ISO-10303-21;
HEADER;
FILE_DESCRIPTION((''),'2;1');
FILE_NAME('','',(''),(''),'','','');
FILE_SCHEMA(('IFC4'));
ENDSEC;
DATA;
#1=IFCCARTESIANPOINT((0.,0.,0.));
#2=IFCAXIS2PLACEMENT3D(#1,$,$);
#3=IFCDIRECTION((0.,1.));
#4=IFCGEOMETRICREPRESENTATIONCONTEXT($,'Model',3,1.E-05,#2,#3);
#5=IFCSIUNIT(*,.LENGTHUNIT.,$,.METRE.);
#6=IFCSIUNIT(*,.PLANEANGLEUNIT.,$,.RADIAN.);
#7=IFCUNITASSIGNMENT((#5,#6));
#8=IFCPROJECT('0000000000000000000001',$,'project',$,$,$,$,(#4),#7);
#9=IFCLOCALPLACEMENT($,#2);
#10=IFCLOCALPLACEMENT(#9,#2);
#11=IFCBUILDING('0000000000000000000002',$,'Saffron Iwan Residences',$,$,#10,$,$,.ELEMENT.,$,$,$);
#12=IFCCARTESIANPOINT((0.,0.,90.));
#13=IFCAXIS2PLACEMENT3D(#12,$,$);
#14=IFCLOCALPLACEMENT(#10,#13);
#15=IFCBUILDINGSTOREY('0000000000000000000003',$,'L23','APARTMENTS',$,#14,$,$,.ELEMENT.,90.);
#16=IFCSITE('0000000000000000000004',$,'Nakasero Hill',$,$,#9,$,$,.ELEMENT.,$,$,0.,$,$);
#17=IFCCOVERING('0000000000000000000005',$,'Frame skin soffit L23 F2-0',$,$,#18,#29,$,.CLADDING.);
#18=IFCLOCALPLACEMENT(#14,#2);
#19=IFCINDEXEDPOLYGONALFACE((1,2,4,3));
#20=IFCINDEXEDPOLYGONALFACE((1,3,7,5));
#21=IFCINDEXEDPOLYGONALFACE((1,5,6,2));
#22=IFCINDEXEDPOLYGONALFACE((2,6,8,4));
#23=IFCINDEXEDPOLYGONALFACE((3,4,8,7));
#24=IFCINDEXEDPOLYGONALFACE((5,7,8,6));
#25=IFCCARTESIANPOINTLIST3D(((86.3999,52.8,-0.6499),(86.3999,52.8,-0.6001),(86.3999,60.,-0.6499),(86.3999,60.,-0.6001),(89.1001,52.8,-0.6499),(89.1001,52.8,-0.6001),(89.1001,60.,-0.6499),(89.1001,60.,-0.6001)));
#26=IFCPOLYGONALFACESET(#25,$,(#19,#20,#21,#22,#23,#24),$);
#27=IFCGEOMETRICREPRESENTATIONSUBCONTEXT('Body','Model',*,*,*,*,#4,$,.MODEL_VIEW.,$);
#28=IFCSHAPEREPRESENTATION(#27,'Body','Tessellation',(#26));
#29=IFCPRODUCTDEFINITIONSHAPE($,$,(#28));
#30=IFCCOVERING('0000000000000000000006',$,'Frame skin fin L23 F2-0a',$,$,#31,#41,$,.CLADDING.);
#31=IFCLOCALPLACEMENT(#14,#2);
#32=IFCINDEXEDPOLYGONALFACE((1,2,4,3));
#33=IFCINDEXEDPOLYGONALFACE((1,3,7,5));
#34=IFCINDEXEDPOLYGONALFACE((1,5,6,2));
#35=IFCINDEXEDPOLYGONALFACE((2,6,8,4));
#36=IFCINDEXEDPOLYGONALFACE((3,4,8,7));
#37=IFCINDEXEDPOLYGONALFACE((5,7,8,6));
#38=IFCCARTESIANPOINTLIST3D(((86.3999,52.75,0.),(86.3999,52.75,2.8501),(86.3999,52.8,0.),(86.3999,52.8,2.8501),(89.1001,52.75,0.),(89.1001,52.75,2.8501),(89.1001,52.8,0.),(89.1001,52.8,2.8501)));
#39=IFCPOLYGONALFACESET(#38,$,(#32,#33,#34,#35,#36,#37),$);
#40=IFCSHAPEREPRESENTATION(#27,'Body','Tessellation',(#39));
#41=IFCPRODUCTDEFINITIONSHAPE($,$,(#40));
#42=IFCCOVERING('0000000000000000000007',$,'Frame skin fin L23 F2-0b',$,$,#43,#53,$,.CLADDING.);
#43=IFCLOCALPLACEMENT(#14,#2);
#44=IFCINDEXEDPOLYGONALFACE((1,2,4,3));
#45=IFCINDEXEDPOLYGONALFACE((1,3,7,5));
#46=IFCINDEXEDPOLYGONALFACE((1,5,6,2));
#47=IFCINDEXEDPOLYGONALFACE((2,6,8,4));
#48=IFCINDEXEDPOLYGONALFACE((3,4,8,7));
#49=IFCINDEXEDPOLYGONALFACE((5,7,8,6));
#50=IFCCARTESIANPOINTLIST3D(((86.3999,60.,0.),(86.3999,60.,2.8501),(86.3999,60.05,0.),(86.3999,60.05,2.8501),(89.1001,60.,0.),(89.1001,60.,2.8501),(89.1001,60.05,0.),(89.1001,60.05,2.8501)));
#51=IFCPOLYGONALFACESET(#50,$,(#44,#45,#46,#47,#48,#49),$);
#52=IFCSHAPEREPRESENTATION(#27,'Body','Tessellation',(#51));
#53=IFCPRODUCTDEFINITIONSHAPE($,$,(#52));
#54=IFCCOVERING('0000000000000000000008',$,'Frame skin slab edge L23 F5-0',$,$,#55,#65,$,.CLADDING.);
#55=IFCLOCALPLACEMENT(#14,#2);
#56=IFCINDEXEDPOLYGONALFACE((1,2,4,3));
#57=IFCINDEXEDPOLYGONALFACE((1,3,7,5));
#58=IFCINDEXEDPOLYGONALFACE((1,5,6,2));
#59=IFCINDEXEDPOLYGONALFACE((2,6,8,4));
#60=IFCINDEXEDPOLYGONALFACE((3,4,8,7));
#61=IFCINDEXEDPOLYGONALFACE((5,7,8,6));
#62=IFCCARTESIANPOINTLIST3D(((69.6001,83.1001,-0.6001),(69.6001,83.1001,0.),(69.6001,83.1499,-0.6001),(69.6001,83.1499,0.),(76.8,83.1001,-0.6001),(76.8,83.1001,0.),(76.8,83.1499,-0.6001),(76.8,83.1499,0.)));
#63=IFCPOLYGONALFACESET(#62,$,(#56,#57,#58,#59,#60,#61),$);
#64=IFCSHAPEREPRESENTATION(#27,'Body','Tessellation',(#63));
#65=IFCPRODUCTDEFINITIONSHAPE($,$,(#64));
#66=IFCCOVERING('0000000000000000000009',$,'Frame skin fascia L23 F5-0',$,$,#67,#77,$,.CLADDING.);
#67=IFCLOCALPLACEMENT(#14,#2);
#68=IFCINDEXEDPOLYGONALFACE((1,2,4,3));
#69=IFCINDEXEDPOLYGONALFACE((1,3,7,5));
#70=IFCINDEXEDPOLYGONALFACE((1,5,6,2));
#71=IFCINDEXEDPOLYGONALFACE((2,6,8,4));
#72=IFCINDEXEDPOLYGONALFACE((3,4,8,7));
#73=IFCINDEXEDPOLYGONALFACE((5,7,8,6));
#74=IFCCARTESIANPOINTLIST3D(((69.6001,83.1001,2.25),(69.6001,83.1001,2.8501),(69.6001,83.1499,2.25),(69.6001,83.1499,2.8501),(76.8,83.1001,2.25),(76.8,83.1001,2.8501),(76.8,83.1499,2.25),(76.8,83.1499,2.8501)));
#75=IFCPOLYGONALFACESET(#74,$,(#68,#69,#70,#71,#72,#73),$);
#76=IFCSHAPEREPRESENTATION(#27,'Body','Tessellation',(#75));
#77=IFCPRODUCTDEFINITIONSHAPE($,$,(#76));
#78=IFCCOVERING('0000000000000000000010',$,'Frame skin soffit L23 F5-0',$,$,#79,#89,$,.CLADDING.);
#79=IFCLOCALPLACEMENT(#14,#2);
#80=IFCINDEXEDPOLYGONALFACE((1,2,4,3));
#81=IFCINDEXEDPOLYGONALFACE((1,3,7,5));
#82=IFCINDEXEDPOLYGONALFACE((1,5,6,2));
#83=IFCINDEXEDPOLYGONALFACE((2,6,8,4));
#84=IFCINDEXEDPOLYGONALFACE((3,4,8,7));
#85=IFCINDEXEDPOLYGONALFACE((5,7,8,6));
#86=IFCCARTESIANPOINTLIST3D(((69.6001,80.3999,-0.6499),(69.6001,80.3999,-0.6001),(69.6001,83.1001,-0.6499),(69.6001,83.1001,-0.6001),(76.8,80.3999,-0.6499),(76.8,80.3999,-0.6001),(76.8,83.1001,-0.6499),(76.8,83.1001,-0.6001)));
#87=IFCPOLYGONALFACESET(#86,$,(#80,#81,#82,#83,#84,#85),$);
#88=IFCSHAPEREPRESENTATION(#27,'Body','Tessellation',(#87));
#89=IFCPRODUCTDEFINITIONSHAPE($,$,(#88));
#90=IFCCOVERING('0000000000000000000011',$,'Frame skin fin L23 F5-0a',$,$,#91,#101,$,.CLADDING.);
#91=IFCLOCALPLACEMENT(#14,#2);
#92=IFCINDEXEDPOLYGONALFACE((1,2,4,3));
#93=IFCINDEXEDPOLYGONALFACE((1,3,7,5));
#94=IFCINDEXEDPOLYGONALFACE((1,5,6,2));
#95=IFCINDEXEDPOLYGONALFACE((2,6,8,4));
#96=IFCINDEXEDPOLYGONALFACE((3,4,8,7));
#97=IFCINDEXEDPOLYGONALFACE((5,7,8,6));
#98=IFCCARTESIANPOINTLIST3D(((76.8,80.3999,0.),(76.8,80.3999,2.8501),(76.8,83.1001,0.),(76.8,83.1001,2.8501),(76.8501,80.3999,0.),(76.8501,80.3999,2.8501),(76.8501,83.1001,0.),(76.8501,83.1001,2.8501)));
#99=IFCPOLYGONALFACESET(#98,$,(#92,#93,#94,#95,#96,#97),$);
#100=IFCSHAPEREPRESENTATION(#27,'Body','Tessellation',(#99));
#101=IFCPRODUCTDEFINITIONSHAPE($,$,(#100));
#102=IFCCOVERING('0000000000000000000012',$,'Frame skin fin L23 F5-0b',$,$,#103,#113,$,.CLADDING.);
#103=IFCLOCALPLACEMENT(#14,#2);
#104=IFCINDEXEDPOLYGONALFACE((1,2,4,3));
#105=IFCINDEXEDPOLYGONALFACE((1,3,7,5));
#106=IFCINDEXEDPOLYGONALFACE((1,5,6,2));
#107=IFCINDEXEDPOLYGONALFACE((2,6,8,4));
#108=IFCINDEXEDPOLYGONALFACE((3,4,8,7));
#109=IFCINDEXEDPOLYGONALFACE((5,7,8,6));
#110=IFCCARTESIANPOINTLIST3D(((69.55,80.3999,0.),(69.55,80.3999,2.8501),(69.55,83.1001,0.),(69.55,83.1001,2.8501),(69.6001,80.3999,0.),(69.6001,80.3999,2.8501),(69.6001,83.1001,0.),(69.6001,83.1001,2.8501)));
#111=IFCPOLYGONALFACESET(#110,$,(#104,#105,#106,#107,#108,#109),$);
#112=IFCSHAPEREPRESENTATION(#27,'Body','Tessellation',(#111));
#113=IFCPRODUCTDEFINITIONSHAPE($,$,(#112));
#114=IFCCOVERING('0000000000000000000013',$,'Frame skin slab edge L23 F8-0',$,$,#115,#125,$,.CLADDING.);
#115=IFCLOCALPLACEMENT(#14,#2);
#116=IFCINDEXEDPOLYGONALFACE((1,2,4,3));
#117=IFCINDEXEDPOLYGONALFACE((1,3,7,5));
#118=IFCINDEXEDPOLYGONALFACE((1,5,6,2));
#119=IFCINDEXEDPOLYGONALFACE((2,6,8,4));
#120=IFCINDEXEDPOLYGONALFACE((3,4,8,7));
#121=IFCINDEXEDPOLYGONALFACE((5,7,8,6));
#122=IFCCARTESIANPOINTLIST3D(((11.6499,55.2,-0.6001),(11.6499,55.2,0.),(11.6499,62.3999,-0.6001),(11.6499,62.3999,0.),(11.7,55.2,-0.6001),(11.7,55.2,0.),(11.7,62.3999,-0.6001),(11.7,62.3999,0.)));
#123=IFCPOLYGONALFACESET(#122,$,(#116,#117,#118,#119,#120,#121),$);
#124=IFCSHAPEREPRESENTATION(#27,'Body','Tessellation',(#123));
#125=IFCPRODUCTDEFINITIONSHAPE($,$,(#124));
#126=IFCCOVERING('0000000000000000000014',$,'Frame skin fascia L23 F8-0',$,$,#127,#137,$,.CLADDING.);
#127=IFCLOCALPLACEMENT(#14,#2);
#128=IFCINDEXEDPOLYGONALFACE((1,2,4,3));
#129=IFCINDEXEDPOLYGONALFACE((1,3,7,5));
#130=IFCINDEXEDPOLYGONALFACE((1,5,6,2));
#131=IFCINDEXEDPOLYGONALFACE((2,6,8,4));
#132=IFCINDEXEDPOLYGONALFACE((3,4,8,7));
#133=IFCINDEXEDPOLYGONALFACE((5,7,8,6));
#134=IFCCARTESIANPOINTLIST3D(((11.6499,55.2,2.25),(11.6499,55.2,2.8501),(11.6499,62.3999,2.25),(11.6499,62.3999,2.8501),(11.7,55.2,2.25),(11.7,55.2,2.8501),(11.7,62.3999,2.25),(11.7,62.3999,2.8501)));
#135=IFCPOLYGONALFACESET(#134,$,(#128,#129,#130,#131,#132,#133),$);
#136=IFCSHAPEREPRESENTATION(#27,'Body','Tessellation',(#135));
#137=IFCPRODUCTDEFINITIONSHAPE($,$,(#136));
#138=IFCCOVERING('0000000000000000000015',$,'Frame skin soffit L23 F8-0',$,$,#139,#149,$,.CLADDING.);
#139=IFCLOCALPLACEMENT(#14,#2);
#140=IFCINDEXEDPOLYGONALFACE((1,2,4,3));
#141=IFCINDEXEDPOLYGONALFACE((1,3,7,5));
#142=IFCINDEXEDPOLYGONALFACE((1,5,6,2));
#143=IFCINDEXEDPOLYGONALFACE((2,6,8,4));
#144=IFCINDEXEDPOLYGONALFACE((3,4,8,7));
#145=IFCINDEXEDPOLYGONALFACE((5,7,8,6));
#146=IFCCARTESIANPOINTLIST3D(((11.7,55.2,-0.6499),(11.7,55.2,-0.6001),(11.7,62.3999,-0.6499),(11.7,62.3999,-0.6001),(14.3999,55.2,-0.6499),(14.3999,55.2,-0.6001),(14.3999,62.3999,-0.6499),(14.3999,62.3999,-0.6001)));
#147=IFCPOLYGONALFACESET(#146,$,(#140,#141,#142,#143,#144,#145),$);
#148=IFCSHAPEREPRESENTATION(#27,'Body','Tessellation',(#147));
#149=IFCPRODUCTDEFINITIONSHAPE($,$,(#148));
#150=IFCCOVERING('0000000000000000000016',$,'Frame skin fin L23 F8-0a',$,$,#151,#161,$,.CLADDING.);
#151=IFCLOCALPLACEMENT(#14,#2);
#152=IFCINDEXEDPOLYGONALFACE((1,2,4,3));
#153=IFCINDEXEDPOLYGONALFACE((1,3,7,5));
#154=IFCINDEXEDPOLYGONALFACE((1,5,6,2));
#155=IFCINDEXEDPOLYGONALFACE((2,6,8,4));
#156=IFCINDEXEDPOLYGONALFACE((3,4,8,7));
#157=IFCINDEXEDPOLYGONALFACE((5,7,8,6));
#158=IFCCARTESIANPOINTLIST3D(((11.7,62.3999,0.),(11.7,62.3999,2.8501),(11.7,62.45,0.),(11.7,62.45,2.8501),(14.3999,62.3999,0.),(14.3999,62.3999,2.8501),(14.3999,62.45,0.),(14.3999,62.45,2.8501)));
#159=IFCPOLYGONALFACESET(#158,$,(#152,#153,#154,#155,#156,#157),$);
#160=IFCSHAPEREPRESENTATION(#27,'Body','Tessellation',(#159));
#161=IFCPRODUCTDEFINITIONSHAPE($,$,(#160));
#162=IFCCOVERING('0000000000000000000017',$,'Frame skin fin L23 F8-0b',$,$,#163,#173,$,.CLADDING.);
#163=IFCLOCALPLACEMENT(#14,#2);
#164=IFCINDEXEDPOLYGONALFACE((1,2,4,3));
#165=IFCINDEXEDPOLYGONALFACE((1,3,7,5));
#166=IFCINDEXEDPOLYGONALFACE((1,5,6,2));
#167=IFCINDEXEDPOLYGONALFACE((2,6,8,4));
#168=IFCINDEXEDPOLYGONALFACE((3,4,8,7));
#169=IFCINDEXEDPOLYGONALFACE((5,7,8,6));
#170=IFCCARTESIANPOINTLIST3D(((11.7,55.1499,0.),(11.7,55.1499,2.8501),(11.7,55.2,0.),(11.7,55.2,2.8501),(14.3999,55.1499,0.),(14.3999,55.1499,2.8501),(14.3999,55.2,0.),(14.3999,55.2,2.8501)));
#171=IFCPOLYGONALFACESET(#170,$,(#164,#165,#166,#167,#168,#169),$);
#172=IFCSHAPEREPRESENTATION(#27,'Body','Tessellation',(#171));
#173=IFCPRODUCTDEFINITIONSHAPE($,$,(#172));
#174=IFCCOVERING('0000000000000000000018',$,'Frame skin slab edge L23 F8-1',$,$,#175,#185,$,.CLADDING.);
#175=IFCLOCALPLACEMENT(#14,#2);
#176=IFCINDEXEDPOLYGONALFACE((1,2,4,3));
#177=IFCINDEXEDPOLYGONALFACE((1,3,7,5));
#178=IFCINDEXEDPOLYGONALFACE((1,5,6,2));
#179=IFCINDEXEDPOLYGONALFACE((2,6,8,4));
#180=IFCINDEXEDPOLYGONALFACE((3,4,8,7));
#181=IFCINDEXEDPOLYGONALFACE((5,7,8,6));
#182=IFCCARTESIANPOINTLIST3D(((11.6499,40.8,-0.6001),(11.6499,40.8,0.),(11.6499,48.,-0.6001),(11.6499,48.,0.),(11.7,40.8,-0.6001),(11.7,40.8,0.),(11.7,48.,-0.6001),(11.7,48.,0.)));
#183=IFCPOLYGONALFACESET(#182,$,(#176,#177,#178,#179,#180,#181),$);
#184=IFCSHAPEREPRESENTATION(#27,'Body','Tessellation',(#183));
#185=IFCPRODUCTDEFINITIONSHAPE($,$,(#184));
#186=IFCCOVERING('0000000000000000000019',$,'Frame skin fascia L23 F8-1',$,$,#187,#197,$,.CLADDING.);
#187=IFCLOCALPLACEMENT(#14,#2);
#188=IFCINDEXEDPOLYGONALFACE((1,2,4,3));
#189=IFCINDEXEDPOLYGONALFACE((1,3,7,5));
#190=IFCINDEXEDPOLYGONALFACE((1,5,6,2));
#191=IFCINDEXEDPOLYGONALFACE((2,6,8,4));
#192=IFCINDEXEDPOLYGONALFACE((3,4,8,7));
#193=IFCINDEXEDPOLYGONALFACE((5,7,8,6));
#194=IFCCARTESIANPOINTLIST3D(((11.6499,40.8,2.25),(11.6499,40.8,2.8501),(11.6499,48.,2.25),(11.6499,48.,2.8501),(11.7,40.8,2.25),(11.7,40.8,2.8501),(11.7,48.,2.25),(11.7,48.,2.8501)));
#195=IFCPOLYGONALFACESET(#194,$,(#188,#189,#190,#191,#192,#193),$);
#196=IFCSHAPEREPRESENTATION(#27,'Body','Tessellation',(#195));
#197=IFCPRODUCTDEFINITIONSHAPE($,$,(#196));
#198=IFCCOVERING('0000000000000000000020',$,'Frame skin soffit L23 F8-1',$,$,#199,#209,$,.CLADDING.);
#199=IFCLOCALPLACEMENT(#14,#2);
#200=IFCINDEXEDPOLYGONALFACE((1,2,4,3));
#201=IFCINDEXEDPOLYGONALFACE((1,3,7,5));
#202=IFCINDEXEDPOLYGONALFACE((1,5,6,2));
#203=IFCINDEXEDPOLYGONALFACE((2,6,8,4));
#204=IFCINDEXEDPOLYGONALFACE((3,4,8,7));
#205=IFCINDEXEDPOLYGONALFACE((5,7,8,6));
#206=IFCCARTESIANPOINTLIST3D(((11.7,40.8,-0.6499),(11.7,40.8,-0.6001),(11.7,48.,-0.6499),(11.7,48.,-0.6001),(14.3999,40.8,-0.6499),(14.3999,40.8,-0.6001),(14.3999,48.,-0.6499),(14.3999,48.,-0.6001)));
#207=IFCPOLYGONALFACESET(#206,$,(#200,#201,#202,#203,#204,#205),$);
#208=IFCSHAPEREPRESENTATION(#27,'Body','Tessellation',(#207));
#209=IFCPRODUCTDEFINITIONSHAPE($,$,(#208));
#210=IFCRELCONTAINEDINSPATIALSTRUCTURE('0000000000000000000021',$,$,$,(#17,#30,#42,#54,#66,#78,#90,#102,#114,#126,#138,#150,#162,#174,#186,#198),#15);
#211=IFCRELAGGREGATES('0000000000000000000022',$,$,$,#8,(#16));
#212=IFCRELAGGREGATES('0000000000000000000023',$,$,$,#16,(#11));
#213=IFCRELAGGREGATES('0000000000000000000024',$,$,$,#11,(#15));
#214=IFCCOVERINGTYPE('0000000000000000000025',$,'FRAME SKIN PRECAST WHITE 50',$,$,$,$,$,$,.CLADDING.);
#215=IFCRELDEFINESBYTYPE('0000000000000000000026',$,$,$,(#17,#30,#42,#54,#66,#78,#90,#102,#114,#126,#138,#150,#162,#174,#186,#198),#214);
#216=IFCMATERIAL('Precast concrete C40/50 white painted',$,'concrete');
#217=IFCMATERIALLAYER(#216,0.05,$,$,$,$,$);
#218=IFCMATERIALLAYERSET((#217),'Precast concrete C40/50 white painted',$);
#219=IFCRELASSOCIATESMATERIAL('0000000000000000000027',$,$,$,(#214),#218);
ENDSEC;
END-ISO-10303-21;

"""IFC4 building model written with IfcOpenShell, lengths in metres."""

from ifc_helpers import new_model, si_unit, direction, frame, origin, place, context, subcontext, project, spatial, polyline, outline, extrude, material, layer, layer_set, type_object, element, save


model = new_model("IFC4")

# Units and contexts
model_context = context("Model", 3, precision=1e-05, world=origin(), true_north=direction((0.0, 1.0)))
body_context = subcontext(model_context, "Body", "Model", "MODEL_VIEW")
ifc_project = project(units=[si_unit("LENGTHUNIT", "METRE"), si_unit("PLANEANGLEUNIT", "RADIAN")], contexts=[model_context])

# Site, building, storey
site_placement = place(None, origin())
site = spatial("IfcSite", under=ifc_project, at=site_placement, Name="Nakasero Hill", CompositionType="ELEMENT", RefElevation=0.0)
building_placement = place(site_placement, origin())
building = spatial("IfcBuilding", under=site, at=building_placement, Name="Saffron Iwan Residences", CompositionType="ELEMENT")
storey_placement = place(building_placement, frame((0.0, 0.0, 90.0)))
storey = spatial("IfcBuildingStorey", under=building, at=storey_placement, Name="L23", Description="APARTMENTS", CompositionType="ELEMENT", Elevation=90.0)

# Coverings
ifc_material_1 = material(Name="Precast concrete C40/50 white painted", Category="concrete")
ifc_layer_1 = layer(ifc_material_1, 0.05)
ifc_layer_set_1 = layer_set([ifc_layer_1], Name="Precast concrete C40/50 white painted")
covering_type_1 = type_object("IfcCoveringType", Name="FRAME SKIN PRECAST WHITE 50", PredefinedType="CLADDING", material=ifc_layer_set_1)
covering_1_placement = place(storey_placement, frame((0.0, 0.0, -0.6499)))
element("IfcCovering", 1, at=covering_1_placement, inside=storey, type_object=covering_type_1, Name="Frame skin soffit L23 F2-0", PredefinedType="CLADDING", context=body_context, shape_type="SweptSolid", body=[
    extrude(outline(polyline([(89.1001, 52.8), (89.1001, 60.0), (86.3999, 60.0), (86.3999, 52.8), (89.1001, 52.8)])), origin(), (0.0, 0.0, 1.0), 0.0498),
])
covering_2_placement = place(storey_placement, origin())
element("IfcCovering", 2, at=covering_2_placement, inside=storey, type_object=covering_type_1, Name="Frame skin fin L23 F2-0a", PredefinedType="CLADDING", context=body_context, shape_type="SweptSolid", body=[
    extrude(outline(polyline([(89.1001, 52.75), (89.1001, 52.8), (86.3999, 52.8), (86.3999, 52.75), (89.1001, 52.75)])), origin(), (0.0, 0.0, 1.0), 2.8501),
])
covering_3_placement = place(storey_placement, origin())
element("IfcCovering", 3, at=covering_3_placement, inside=storey, type_object=covering_type_1, Name="Frame skin fin L23 F2-0b", PredefinedType="CLADDING", context=body_context, shape_type="SweptSolid", body=[
    extrude(outline(polyline([(89.1001, 60.0), (89.1001, 60.05), (86.3999, 60.05), (86.3999, 60.0), (89.1001, 60.0)])), origin(), (0.0, 0.0, 1.0), 2.8501),
])
for number, where, name in (
    (4, (0.0, 0.0, -0.6001), "Frame skin slab edge L23 F5-0"),
    (5, (0.0, 0.0, 2.25), "Frame skin fascia L23 F5-0"),
):
    element("IfcCovering", number, at=place(storey_placement, frame(where)), inside=storey, type_object=covering_type_1, Name=name, PredefinedType="CLADDING", context=body_context, shape_type="SweptSolid", body=[
        extrude(outline(polyline([(76.8, 83.1499), (69.6001, 83.1499), (69.6001, 83.1001), (76.8, 83.1001), (76.8, 83.1499)])), origin(), (0.0, 0.0, 1.0), 0.6001),
    ])
covering_4_placement = place(storey_placement, frame((0.0, 0.0, -0.6499)))
element("IfcCovering", 6, at=covering_4_placement, inside=storey, type_object=covering_type_1, Name="Frame skin soffit L23 F5-0", PredefinedType="CLADDING", context=body_context, shape_type="SweptSolid", body=[
    extrude(outline(polyline([(76.8, 83.1001), (69.6001, 83.1001), (69.6001, 80.3999), (76.8, 80.3999), (76.8, 83.1001)])), origin(), (0.0, 0.0, 1.0), 0.0498),
])
covering_5_placement = place(storey_placement, origin())
element("IfcCovering", 7, at=covering_5_placement, inside=storey, type_object=covering_type_1, Name="Frame skin fin L23 F5-0a", PredefinedType="CLADDING", context=body_context, shape_type="SweptSolid", body=[
    extrude(outline(polyline([(76.8501, 83.1001), (76.8, 83.1001), (76.8, 80.3999), (76.8501, 80.3999), (76.8501, 83.1001)])), origin(), (0.0, 0.0, 1.0), 2.8501),
])
covering_6_placement = place(storey_placement, origin())
element("IfcCovering", 8, at=covering_6_placement, inside=storey, type_object=covering_type_1, Name="Frame skin fin L23 F5-0b", PredefinedType="CLADDING", context=body_context, shape_type="SweptSolid", body=[
    extrude(outline(polyline([(69.6001, 83.1001), (69.55, 83.1001), (69.55, 80.3999), (69.6001, 80.3999), (69.6001, 83.1001)])), origin(), (0.0, 0.0, 1.0), 2.8501),
])
for number, where, name in (
    (9, (0.0, 0.0, -0.6001), "Frame skin slab edge L23 F8-0"),
    (10, (0.0, 0.0, 2.25), "Frame skin fascia L23 F8-0"),
):
    element("IfcCovering", number, at=place(storey_placement, frame(where)), inside=storey, type_object=covering_type_1, Name=name, PredefinedType="CLADDING", context=body_context, shape_type="SweptSolid", body=[
        extrude(outline(polyline([(11.6499, 62.3999), (11.6499, 55.2), (11.7, 55.2), (11.7, 62.3999), (11.6499, 62.3999)])), origin(), (0.0, 0.0, 1.0), 0.6001),
    ])
covering_7_placement = place(storey_placement, frame((0.0, 0.0, -0.6499)))
element("IfcCovering", 11, at=covering_7_placement, inside=storey, type_object=covering_type_1, Name="Frame skin soffit L23 F8-0", PredefinedType="CLADDING", context=body_context, shape_type="SweptSolid", body=[
    extrude(outline(polyline([(11.7, 62.3999), (11.7, 55.2), (14.3999, 55.2), (14.3999, 62.3999), (11.7, 62.3999)])), origin(), (0.0, 0.0, 1.0), 0.0498),
])
covering_8_placement = place(storey_placement, origin())
element("IfcCovering", 12, at=covering_8_placement, inside=storey, type_object=covering_type_1, Name="Frame skin fin L23 F8-0a", PredefinedType="CLADDING", context=body_context, shape_type="SweptSolid", body=[
    extrude(outline(polyline([(11.7, 62.45), (11.7, 62.3999), (14.3999, 62.3999), (14.3999, 62.45), (11.7, 62.45)])), origin(), (0.0, 0.0, 1.0), 2.8501),
])
covering_9_placement = place(storey_placement, origin())
element("IfcCovering", 13, at=covering_9_placement, inside=storey, type_object=covering_type_1, Name="Frame skin fin L23 F8-0b", PredefinedType="CLADDING", context=body_context, shape_type="SweptSolid", body=[
    extrude(outline(polyline([(11.7, 55.2), (11.7, 55.1499), (14.3999, 55.1499), (14.3999, 55.2), (11.7, 55.2)])), origin(), (0.0, 0.0, 1.0), 2.8501),
])
for number, where, name in (
    (14, (0.0, 0.0, -0.6001), "Frame skin slab edge L23 F8-1"),
    (15, (0.0, 0.0, 2.25), "Frame skin fascia L23 F8-1"),
):
    element("IfcCovering", number, at=place(storey_placement, frame(where)), inside=storey, type_object=covering_type_1, Name=name, PredefinedType="CLADDING", context=body_context, shape_type="SweptSolid", body=[
        extrude(outline(polyline([(11.6499, 48.0), (11.6499, 40.8), (11.7, 40.8), (11.7, 48.0), (11.6499, 48.0)])), origin(), (0.0, 0.0, 1.0), 0.6001),
    ])
covering_10_placement = place(storey_placement, frame((0.0, 0.0, -0.6499)))
element("IfcCovering", 16, at=covering_10_placement, inside=storey, type_object=covering_type_1, Name="Frame skin soffit L23 F8-1", PredefinedType="CLADDING", context=body_context, shape_type="SweptSolid", body=[
    extrude(outline(polyline([(11.7, 48.0), (11.7, 40.8), (14.3999, 40.8), (14.3999, 48.0), (11.7, 48.0)])), origin(), (0.0, 0.0, 1.0), 0.0498),
])

save(model, "model.ifc")
